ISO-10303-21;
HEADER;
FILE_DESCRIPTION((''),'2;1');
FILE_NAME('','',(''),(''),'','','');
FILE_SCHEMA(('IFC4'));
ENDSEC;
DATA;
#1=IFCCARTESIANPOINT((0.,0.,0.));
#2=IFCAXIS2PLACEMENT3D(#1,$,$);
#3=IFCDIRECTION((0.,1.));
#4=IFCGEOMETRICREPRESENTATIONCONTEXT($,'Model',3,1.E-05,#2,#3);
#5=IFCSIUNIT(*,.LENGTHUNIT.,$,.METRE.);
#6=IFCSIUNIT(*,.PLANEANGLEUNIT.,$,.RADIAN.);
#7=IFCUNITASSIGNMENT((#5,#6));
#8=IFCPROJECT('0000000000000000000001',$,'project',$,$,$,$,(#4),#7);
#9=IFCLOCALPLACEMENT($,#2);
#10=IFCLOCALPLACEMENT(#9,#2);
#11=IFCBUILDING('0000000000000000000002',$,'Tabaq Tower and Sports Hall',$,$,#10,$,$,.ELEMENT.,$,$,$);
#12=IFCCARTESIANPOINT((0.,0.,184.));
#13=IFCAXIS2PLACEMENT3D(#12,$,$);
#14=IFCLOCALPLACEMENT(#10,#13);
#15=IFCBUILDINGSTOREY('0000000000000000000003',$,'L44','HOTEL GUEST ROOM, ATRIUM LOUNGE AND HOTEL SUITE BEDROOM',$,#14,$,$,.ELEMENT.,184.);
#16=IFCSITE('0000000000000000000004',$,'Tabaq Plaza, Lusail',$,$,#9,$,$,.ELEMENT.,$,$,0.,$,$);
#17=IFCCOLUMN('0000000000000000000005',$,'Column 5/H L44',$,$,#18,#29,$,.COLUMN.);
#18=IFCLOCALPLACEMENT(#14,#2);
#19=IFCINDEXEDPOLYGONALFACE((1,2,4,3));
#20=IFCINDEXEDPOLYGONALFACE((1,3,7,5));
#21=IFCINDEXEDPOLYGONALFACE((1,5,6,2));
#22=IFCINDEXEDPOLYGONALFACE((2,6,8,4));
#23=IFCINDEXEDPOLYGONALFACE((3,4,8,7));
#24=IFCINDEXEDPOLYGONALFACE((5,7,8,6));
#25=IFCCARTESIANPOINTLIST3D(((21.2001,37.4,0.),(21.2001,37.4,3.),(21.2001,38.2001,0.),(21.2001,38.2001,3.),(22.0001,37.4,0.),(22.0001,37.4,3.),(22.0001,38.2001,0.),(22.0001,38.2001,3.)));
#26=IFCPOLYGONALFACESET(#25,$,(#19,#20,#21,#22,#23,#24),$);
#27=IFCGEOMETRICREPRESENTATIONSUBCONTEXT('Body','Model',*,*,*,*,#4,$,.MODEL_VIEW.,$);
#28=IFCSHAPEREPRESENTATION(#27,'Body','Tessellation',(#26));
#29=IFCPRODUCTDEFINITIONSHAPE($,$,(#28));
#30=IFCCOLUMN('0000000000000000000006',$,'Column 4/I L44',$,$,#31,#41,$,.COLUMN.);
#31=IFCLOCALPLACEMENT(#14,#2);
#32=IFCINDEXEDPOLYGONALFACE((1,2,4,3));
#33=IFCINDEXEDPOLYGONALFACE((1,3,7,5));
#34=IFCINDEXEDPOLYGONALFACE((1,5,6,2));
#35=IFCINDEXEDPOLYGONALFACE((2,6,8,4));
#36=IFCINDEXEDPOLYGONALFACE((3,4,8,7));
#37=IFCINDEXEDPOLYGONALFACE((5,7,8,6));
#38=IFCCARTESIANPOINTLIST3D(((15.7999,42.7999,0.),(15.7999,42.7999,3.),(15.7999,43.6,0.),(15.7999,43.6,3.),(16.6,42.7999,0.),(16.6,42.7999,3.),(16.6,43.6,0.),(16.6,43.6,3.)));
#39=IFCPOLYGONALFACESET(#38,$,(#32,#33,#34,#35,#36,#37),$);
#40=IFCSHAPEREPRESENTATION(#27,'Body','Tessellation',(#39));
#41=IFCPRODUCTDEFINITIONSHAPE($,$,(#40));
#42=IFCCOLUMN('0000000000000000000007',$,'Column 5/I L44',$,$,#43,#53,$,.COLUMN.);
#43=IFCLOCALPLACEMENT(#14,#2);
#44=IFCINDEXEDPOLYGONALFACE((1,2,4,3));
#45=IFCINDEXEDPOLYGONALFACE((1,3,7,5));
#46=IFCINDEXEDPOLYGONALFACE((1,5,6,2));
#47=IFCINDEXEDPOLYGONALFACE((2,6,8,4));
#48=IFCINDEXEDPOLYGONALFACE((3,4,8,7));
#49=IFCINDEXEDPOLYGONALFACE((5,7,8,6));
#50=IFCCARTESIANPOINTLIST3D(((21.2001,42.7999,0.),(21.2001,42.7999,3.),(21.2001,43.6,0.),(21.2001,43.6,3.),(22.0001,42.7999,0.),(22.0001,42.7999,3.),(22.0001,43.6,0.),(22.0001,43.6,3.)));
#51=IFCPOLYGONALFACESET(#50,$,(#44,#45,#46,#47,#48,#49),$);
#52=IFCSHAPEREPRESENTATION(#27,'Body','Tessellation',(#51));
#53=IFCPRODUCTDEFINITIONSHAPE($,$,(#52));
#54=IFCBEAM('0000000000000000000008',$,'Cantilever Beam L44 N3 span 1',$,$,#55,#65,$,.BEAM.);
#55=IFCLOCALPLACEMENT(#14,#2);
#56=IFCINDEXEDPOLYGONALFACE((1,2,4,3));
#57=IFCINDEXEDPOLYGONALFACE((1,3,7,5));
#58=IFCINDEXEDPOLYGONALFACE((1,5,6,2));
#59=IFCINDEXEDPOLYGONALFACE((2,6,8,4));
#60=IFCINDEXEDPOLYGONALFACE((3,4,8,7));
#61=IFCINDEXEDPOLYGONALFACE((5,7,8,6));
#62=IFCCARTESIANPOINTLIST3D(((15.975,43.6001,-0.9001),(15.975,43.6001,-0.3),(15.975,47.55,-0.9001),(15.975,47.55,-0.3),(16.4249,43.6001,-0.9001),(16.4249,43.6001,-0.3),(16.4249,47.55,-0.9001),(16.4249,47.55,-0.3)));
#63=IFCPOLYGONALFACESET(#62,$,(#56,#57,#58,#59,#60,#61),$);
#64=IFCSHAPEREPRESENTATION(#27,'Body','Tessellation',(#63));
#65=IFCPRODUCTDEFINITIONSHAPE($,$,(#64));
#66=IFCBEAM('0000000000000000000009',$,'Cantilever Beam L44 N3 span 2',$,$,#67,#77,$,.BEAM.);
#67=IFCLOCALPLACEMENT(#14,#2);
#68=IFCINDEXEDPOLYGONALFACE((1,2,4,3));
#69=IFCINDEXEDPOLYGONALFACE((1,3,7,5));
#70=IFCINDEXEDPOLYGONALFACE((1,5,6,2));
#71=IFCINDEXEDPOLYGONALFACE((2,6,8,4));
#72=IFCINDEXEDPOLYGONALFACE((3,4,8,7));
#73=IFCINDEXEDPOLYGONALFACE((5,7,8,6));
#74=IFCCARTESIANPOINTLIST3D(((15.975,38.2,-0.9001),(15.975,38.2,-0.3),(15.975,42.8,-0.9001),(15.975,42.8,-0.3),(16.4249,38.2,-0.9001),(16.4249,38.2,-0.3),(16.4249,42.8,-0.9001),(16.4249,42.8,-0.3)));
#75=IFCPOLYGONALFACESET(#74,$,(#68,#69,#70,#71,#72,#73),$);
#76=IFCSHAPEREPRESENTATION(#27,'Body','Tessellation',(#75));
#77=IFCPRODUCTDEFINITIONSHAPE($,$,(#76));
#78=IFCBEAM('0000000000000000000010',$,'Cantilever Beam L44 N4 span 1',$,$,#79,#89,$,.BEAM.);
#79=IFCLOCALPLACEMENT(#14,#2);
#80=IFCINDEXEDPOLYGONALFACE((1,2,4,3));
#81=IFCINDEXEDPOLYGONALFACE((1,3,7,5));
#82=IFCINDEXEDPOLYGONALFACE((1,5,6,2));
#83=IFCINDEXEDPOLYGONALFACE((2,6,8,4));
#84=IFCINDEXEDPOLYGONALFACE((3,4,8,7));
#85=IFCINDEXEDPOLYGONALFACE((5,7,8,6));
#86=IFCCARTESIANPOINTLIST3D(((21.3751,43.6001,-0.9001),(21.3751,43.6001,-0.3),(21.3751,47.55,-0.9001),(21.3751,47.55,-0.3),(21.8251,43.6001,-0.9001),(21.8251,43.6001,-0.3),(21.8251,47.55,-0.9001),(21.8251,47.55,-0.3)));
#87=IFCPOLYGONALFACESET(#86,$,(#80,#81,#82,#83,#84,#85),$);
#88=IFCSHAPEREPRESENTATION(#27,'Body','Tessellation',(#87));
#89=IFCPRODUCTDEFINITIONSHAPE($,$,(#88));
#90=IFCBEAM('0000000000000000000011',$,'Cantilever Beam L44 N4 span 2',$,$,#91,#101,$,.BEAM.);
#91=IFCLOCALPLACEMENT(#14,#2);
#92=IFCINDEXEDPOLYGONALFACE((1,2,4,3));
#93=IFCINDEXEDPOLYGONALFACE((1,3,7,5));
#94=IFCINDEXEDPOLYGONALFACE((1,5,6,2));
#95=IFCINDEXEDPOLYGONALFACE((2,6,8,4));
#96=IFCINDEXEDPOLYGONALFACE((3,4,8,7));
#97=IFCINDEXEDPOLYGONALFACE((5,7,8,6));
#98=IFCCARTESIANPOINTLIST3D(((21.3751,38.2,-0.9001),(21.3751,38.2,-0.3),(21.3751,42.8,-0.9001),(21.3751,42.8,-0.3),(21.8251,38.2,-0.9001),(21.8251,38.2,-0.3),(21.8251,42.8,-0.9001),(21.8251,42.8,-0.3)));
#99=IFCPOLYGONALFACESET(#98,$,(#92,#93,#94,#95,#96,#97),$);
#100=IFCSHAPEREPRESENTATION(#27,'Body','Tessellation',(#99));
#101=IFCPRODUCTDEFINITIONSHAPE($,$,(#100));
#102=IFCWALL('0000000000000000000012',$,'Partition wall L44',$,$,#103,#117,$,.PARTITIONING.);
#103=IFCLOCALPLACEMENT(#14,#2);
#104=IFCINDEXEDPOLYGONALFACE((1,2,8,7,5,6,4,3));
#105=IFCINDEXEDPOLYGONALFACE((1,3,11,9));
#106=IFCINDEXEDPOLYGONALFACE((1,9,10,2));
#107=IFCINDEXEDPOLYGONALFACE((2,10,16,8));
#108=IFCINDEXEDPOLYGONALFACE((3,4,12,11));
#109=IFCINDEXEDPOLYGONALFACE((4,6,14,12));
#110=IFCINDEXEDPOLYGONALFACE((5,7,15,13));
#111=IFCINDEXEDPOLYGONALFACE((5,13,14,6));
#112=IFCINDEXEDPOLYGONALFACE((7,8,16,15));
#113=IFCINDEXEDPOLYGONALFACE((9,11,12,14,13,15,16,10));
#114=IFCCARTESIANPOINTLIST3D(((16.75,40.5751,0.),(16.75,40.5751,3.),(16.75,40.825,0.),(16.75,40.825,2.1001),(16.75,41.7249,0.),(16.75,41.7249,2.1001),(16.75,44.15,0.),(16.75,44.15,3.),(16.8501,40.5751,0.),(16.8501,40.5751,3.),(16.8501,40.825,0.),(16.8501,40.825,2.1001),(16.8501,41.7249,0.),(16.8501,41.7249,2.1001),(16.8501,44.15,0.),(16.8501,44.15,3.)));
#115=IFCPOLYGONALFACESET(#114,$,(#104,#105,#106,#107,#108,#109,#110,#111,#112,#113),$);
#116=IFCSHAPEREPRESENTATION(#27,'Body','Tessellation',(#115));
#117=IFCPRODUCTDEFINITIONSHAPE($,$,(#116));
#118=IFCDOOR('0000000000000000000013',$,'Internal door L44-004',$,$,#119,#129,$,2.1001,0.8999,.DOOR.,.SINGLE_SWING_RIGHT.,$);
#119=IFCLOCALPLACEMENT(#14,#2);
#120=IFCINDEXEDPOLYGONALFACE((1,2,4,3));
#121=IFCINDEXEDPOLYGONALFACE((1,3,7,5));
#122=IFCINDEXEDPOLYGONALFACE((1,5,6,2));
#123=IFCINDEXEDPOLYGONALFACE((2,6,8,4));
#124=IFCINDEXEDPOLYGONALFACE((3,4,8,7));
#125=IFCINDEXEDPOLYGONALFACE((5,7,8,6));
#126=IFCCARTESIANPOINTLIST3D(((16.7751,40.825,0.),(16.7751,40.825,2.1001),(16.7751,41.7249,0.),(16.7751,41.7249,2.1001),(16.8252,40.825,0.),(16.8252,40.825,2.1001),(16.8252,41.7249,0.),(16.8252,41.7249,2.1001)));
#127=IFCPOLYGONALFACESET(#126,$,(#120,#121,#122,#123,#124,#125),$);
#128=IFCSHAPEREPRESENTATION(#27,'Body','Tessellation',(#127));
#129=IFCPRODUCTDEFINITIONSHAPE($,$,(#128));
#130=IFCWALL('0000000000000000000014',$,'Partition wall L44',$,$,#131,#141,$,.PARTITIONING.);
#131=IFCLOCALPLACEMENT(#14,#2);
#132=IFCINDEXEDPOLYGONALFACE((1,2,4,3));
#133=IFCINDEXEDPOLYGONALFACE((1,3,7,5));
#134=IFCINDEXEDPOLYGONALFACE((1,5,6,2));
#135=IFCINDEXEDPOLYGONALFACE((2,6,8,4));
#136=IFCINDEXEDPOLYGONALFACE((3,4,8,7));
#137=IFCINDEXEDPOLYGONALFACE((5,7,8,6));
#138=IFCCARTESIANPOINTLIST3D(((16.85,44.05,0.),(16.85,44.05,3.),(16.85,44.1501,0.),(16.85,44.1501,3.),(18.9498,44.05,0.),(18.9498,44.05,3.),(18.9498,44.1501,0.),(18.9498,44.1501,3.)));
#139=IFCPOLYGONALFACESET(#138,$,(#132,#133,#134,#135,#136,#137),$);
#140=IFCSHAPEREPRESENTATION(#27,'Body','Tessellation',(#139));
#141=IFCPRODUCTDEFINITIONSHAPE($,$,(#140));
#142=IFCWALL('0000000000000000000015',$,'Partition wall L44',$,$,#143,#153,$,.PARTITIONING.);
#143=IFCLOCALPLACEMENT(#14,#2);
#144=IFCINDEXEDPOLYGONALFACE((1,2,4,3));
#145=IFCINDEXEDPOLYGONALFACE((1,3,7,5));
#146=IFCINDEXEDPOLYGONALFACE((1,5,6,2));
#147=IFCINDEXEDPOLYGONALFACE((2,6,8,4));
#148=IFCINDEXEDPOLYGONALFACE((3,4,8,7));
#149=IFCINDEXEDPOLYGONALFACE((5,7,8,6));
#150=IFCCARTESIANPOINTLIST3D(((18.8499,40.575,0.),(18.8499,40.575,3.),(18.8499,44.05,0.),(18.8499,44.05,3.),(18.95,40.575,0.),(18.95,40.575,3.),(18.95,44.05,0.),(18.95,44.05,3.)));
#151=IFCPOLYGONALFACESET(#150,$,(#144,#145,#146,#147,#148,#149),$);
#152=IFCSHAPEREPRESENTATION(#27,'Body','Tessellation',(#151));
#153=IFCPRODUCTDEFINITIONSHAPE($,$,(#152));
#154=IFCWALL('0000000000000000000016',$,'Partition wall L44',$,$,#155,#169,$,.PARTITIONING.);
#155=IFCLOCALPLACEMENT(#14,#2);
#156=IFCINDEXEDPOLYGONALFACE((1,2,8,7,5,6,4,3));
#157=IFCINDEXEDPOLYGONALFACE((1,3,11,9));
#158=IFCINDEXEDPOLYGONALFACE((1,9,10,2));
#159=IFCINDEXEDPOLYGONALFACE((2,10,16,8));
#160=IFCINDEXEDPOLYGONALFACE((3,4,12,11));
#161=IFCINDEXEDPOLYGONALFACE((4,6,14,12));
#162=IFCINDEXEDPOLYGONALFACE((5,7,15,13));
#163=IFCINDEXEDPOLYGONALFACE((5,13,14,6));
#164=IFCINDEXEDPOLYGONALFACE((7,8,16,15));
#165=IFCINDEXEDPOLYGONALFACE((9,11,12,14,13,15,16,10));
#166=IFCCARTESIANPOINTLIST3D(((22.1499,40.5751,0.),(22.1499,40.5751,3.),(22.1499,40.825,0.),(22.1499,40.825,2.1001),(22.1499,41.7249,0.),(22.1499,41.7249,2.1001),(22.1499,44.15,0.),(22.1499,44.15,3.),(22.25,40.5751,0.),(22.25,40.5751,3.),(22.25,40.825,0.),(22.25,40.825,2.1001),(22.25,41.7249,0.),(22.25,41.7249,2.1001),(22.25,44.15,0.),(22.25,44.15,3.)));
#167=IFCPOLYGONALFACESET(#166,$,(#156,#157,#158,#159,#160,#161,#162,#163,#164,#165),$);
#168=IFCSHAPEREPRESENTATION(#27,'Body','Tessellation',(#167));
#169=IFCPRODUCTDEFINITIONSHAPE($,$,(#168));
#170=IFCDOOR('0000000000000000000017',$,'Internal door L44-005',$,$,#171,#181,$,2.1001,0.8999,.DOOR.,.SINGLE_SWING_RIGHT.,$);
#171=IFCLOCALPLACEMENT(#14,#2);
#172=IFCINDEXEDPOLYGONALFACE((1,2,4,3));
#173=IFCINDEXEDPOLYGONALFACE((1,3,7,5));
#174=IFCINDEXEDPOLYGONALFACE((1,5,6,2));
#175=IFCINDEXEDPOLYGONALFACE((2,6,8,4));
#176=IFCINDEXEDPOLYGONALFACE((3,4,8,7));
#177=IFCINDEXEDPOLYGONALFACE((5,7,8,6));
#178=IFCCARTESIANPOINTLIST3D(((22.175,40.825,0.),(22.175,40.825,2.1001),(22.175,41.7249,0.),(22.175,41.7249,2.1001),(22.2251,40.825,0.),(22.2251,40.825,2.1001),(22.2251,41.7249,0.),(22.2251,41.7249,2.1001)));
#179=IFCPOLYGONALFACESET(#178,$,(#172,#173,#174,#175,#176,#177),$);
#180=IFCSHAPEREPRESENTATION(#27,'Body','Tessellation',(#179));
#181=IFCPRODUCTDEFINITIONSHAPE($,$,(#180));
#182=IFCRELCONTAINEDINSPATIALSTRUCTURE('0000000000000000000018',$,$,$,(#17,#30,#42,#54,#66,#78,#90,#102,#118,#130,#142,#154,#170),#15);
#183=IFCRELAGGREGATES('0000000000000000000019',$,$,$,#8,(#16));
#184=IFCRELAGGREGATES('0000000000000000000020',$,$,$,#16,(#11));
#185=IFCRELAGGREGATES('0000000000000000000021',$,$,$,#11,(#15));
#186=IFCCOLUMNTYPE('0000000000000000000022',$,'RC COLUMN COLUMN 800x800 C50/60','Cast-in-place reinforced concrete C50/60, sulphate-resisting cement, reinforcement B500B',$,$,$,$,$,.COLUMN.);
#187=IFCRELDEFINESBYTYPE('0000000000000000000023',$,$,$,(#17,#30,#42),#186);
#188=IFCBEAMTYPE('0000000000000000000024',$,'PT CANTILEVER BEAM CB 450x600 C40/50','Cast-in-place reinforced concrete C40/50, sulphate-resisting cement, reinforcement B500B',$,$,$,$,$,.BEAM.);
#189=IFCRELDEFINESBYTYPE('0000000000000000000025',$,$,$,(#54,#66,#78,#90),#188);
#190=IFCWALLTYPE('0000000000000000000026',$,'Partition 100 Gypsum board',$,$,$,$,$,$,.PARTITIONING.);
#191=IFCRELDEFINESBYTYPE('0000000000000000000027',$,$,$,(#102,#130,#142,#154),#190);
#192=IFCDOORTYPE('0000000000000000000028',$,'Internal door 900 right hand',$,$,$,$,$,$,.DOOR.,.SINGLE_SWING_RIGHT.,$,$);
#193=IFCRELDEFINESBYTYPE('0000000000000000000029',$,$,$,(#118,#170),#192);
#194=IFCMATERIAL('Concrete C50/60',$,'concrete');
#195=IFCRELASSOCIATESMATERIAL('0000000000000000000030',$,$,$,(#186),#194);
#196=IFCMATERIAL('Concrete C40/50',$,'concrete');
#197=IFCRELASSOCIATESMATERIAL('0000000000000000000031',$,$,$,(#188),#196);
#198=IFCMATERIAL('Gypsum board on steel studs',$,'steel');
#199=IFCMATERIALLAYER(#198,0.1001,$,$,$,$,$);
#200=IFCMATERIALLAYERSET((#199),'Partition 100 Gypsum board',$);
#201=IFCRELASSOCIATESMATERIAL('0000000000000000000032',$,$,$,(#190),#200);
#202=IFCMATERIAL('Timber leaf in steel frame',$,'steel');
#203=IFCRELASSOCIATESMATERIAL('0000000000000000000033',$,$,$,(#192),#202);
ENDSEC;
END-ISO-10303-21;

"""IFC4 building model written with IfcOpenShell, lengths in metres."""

from ifc_helpers import new_model, si_unit, direction, frame, frame_2d, origin, origin_2d, place, context, subcontext, project, spatial, rectangle, extrude, material, layer, layer_set, material_profile, profile_set, type_object, element, fill, save


model = new_model("IFC4")

# Units and contexts
model_context = context("Model", 3, precision=1e-05, world=origin(), true_north=direction((0.0, 1.0)))
body_context = subcontext(model_context, "Body", "Model", "MODEL_VIEW")
ifc_project = project(units=[si_unit("LENGTHUNIT", "METRE"), si_unit("PLANEANGLEUNIT", "RADIAN")], contexts=[model_context])

# Site, building, storey
site_placement = place(None, origin())
site = spatial("IfcSite", under=ifc_project, at=site_placement, Name="Tabaq Plaza, Lusail", CompositionType="ELEMENT", RefElevation=0.0)
building_placement = place(site_placement, origin())
building = spatial("IfcBuilding", under=site, at=building_placement, Name="Tabaq Tower and Sports Hall", CompositionType="ELEMENT")
storey_placement = place(building_placement, frame((0.0, 0.0, 184.0)))
storey = spatial("IfcBuildingStorey", under=building, at=storey_placement, Name="L44", Description="HOTEL GUEST ROOM, ATRIUM LOUNGE AND HOTEL SUITE BEDROOM", CompositionType="ELEMENT", Elevation=184.0)

# Columns
ifc_material_1 = material(Name="Concrete C50/60", Category="concrete")
ifc_material_profile_1 = material_profile(ifc_material_1, rectangle(XDim=0.8, YDim=0.8, at=origin_2d()), Name="COLUMN 800x800")
ifc_profile_set_1 = profile_set([ifc_material_profile_1], Name="Concrete C50/60")
column_type = type_object("IfcColumnType", Name="RC COLUMN COLUMN 800x800 C50/60", Description="Cast-in-place reinforced concrete C50/60, sulphate-resisting cement, reinforcement B500B", PredefinedType="COLUMN", material=ifc_profile_set_1)
for number, where, z_axis, x_axis, name in (
    (1, (21.6001, 37.8, 0.0), (0.0, 0.0, 1.0), (1.0, 0.0, 0.0), "Column 5/H L44"),
    (2, (16.2, 43.2, 0.0), (0.0, 0.0, 1.0), (1.0, 0.0, 0.0), "Column 4/I L44"),
    (3, (21.6001, 43.2, 0.0), (0.0, 0.0, 1.0), (1.0, 0.0, 0.0), "Column 5/I L44"),
):
    element("IfcColumn", number, at=place(storey_placement, frame(where, z_axis=z_axis, x_axis=x_axis)), inside=storey, type_object=column_type, Name=name, PredefinedType="COLUMN", context=body_context, shape_type="SweptSolid", body=[
        extrude(rectangle(XDim=0.8, YDim=0.8, at=origin_2d()), origin(), (0.0, 0.0, 1.0), 3.0),
    ])

# Beams
ifc_material_2 = material(Name="Concrete C40/50", Category="concrete")
ifc_material_profile_2 = material_profile(ifc_material_2, rectangle(XDim=0.45, YDim=0.6001, at=origin_2d()), Name="CB 450x600")
ifc_profile_set_2 = profile_set([ifc_material_profile_2], Name="Concrete C40/50")
beam_type = type_object("IfcBeamType", Name="PT CANTILEVER BEAM CB 450x600 C40/50", Description="Cast-in-place reinforced concrete C40/50, sulphate-resisting cement, reinforcement B500B", PredefinedType="BEAM", material=ifc_profile_set_2)
beam_1_placement = place(storey_placement, frame((16.2, 47.55, -0.6001), z_axis=(0.0, -1.0, 0.0), x_axis=(1.0, 0.0, 0.0)))
element("IfcBeam", 4, at=beam_1_placement, inside=storey, type_object=beam_type, Name="Cantilever Beam L44 N3 span 1", PredefinedType="BEAM", context=body_context, shape_type="SweptSolid", body=[
    extrude(rectangle(XDim=0.45, YDim=0.6001, at=origin_2d()), origin(), (0.0, 0.0, 1.0), 3.95),
])
beam_2_placement = place(storey_placement, frame((16.2, 42.8, -0.6001), z_axis=(0.0, -1.0, 0.0), x_axis=(1.0, 0.0, 0.0)))
element("IfcBeam", 5, at=beam_2_placement, inside=storey, type_object=beam_type, Name="Cantilever Beam L44 N3 span 2", PredefinedType="BEAM", context=body_context, shape_type="SweptSolid", body=[
    extrude(rectangle(XDim=0.45, YDim=0.6001, at=origin_2d()), origin(), (0.0, 0.0, 1.0), 4.6001),
])
beam_3_placement = place(storey_placement, frame((21.6001, 47.55, -0.6001), z_axis=(0.0, -1.0, 0.0), x_axis=(1.0, 0.0, 0.0)))
element("IfcBeam", 6, at=beam_3_placement, inside=storey, type_object=beam_type, Name="Cantilever Beam L44 N4 span 1", PredefinedType="BEAM", context=body_context, shape_type="SweptSolid", body=[
    extrude(rectangle(XDim=0.45, YDim=0.6001, at=origin_2d()), origin(), (0.0, 0.0, 1.0), 3.95),
])
beam_4_placement = place(storey_placement, frame((21.6001, 42.8, -0.6001), z_axis=(0.0, -1.0, 0.0), x_axis=(1.0, 0.0, 0.0)))
element("IfcBeam", 7, at=beam_4_placement, inside=storey, type_object=beam_type, Name="Cantilever Beam L44 N4 span 2", PredefinedType="BEAM", context=body_context, shape_type="SweptSolid", body=[
    extrude(rectangle(XDim=0.45, YDim=0.6001, at=origin_2d()), origin(), (0.0, 0.0, 1.0), 4.6001),
])

# Wall, opening, door
ifc_material_3 = material(Name="Gypsum board on steel studs", Category="steel")
ifc_layer_1 = layer(ifc_material_3, 0.1001)
ifc_layer_set_1 = layer_set([ifc_layer_1], Name="Partition 100 Gypsum board")
wall_type_1 = type_object("IfcWallType", Name="Partition 100 Gypsum board", PredefinedType="PARTITIONING", material=ifc_layer_set_1)
wall_1_placement = place(storey_placement, frame((16.8, 40.575, 0.0), z_axis=(0.0, 0.0, 1.0), x_axis=(0.0, 1.0, 0.0)))
wall_1 = element("IfcWall", 8, at=wall_1_placement, inside=storey, type_object=wall_type_1, Name="Partition wall L44", PredefinedType="PARTITIONING", context=body_context, shape_type="SweptSolid", body=[
    extrude(rectangle(XDim=3.575, YDim=0.1001, at=frame_2d((1.7876, 0.0))), origin(), (0.0, 0.0, 1.0), 3.0),
])
opening_1_placement = place(wall_1_placement, frame((0.25, 0.0, 0.0)))
opening_1 = element("IfcOpeningElement", 9, at=opening_1_placement, cuts=wall_1, PredefinedType="OPENING", context=body_context, shape_type="SweptSolid", body=[
    extrude(rectangle(XDim=0.8999, YDim=2.1001, at=frame_2d((0.45, 1.05))), frame((0.0, 0.05, 0.0), z_axis=(0.0, -1.0, 0.0), x_axis=(1.0, 0.0, 0.0)), (0.0, 0.0, 1.0), 0.1001),
])
ifc_material_4 = material(Name="Timber leaf in steel frame", Category="steel")
door_type = type_object("IfcDoorType", Name="Internal door 900 right hand", OperationType="SINGLE_SWING_RIGHT", PredefinedType="DOOR", material=ifc_material_4)
door_1_placement = place(opening_1_placement, origin())
door_1 = element("IfcDoor", 10, at=door_1_placement, inside=storey, type_object=door_type, Name="Internal door L44-004", OperationType="SINGLE_SWING_RIGHT", OverallHeight=2.1001, OverallWidth=0.8999, PredefinedType="DOOR", context=body_context, shape_type="SweptSolid", body=[
    extrude(rectangle(XDim=0.8999, YDim=2.1001, at=frame_2d((0.45, 1.05))), frame((0.0, 0.0249, 0.0), z_axis=(0.0, -1.0, 0.0), x_axis=(1.0, 0.0, 0.0)), (0.0, 0.0, 1.0), 0.05),
])
fill(opening_1, door_1)

# Walls
wall_2_placement = place(storey_placement, frame((16.8501, 44.1001, 0.0), z_axis=(0.0, 0.0, 1.0), x_axis=(1.0, 0.0, 0.0)))
element("IfcWall", 11, at=wall_2_placement, inside=storey, type_object=wall_type_1, Name="Partition wall L44", PredefinedType="PARTITIONING", context=body_context, shape_type="SweptSolid", body=[
    extrude(rectangle(XDim=2.0999, YDim=0.1001, at=frame_2d((1.0498, 0.0))), origin(), (0.0, 0.0, 1.0), 3.0),
])
wall_3_placement = place(storey_placement, frame((18.8999, 44.05, 0.0), z_axis=(0.0, 0.0, 1.0), x_axis=(0.0, -1.0, 0.0)))
element("IfcWall", 12, at=wall_3_placement, inside=storey, type_object=wall_type_1, Name="Partition wall L44", PredefinedType="PARTITIONING", context=body_context, shape_type="SweptSolid", body=[
    extrude(rectangle(XDim=3.4751, YDim=0.1001, at=frame_2d((1.7375, 0.0))), origin(), (0.0, 0.0, 1.0), 3.0),
])

# Wall, opening, door
wall_4_placement = place(storey_placement, frame((22.2, 40.575, 0.0), z_axis=(0.0, 0.0, 1.0), x_axis=(0.0, 1.0, 0.0)))
wall_4 = element("IfcWall", 13, at=wall_4_placement, inside=storey, type_object=wall_type_1, Name="Partition wall L44", PredefinedType="PARTITIONING", context=body_context, shape_type="SweptSolid", body=[
    extrude(rectangle(XDim=3.575, YDim=0.1001, at=frame_2d((1.7876, 0.0))), origin(), (0.0, 0.0, 1.0), 3.0),
])
opening_2_placement = place(wall_4_placement, frame((0.25, 0.0, 0.0)))
opening_2 = element("IfcOpeningElement", 14, at=opening_2_placement, cuts=wall_4, PredefinedType="OPENING", context=body_context, shape_type="SweptSolid", body=[
    extrude(rectangle(XDim=0.8999, YDim=2.1001, at=frame_2d((0.45, 1.05))), frame((0.0, 0.05, 0.0), z_axis=(0.0, -1.0, 0.0), x_axis=(1.0, 0.0, 0.0)), (0.0, 0.0, 1.0), 0.1001),
])
door_2_placement = place(opening_2_placement, origin())
door_2 = element("IfcDoor", 15, at=door_2_placement, inside=storey, type_object=door_type, Name="Internal door L44-005", OperationType="SINGLE_SWING_RIGHT", OverallHeight=2.1001, OverallWidth=0.8999, PredefinedType="DOOR", context=body_context, shape_type="SweptSolid", body=[
    extrude(rectangle(XDim=0.8999, YDim=2.1001, at=frame_2d((0.45, 1.05))), frame((0.0, 0.0249, 0.0), z_axis=(0.0, -1.0, 0.0), x_axis=(1.0, 0.0, 0.0)), (0.0, 0.0, 1.0), 0.05),
])
fill(opening_2, door_2)

save(model, "model.ifc")
